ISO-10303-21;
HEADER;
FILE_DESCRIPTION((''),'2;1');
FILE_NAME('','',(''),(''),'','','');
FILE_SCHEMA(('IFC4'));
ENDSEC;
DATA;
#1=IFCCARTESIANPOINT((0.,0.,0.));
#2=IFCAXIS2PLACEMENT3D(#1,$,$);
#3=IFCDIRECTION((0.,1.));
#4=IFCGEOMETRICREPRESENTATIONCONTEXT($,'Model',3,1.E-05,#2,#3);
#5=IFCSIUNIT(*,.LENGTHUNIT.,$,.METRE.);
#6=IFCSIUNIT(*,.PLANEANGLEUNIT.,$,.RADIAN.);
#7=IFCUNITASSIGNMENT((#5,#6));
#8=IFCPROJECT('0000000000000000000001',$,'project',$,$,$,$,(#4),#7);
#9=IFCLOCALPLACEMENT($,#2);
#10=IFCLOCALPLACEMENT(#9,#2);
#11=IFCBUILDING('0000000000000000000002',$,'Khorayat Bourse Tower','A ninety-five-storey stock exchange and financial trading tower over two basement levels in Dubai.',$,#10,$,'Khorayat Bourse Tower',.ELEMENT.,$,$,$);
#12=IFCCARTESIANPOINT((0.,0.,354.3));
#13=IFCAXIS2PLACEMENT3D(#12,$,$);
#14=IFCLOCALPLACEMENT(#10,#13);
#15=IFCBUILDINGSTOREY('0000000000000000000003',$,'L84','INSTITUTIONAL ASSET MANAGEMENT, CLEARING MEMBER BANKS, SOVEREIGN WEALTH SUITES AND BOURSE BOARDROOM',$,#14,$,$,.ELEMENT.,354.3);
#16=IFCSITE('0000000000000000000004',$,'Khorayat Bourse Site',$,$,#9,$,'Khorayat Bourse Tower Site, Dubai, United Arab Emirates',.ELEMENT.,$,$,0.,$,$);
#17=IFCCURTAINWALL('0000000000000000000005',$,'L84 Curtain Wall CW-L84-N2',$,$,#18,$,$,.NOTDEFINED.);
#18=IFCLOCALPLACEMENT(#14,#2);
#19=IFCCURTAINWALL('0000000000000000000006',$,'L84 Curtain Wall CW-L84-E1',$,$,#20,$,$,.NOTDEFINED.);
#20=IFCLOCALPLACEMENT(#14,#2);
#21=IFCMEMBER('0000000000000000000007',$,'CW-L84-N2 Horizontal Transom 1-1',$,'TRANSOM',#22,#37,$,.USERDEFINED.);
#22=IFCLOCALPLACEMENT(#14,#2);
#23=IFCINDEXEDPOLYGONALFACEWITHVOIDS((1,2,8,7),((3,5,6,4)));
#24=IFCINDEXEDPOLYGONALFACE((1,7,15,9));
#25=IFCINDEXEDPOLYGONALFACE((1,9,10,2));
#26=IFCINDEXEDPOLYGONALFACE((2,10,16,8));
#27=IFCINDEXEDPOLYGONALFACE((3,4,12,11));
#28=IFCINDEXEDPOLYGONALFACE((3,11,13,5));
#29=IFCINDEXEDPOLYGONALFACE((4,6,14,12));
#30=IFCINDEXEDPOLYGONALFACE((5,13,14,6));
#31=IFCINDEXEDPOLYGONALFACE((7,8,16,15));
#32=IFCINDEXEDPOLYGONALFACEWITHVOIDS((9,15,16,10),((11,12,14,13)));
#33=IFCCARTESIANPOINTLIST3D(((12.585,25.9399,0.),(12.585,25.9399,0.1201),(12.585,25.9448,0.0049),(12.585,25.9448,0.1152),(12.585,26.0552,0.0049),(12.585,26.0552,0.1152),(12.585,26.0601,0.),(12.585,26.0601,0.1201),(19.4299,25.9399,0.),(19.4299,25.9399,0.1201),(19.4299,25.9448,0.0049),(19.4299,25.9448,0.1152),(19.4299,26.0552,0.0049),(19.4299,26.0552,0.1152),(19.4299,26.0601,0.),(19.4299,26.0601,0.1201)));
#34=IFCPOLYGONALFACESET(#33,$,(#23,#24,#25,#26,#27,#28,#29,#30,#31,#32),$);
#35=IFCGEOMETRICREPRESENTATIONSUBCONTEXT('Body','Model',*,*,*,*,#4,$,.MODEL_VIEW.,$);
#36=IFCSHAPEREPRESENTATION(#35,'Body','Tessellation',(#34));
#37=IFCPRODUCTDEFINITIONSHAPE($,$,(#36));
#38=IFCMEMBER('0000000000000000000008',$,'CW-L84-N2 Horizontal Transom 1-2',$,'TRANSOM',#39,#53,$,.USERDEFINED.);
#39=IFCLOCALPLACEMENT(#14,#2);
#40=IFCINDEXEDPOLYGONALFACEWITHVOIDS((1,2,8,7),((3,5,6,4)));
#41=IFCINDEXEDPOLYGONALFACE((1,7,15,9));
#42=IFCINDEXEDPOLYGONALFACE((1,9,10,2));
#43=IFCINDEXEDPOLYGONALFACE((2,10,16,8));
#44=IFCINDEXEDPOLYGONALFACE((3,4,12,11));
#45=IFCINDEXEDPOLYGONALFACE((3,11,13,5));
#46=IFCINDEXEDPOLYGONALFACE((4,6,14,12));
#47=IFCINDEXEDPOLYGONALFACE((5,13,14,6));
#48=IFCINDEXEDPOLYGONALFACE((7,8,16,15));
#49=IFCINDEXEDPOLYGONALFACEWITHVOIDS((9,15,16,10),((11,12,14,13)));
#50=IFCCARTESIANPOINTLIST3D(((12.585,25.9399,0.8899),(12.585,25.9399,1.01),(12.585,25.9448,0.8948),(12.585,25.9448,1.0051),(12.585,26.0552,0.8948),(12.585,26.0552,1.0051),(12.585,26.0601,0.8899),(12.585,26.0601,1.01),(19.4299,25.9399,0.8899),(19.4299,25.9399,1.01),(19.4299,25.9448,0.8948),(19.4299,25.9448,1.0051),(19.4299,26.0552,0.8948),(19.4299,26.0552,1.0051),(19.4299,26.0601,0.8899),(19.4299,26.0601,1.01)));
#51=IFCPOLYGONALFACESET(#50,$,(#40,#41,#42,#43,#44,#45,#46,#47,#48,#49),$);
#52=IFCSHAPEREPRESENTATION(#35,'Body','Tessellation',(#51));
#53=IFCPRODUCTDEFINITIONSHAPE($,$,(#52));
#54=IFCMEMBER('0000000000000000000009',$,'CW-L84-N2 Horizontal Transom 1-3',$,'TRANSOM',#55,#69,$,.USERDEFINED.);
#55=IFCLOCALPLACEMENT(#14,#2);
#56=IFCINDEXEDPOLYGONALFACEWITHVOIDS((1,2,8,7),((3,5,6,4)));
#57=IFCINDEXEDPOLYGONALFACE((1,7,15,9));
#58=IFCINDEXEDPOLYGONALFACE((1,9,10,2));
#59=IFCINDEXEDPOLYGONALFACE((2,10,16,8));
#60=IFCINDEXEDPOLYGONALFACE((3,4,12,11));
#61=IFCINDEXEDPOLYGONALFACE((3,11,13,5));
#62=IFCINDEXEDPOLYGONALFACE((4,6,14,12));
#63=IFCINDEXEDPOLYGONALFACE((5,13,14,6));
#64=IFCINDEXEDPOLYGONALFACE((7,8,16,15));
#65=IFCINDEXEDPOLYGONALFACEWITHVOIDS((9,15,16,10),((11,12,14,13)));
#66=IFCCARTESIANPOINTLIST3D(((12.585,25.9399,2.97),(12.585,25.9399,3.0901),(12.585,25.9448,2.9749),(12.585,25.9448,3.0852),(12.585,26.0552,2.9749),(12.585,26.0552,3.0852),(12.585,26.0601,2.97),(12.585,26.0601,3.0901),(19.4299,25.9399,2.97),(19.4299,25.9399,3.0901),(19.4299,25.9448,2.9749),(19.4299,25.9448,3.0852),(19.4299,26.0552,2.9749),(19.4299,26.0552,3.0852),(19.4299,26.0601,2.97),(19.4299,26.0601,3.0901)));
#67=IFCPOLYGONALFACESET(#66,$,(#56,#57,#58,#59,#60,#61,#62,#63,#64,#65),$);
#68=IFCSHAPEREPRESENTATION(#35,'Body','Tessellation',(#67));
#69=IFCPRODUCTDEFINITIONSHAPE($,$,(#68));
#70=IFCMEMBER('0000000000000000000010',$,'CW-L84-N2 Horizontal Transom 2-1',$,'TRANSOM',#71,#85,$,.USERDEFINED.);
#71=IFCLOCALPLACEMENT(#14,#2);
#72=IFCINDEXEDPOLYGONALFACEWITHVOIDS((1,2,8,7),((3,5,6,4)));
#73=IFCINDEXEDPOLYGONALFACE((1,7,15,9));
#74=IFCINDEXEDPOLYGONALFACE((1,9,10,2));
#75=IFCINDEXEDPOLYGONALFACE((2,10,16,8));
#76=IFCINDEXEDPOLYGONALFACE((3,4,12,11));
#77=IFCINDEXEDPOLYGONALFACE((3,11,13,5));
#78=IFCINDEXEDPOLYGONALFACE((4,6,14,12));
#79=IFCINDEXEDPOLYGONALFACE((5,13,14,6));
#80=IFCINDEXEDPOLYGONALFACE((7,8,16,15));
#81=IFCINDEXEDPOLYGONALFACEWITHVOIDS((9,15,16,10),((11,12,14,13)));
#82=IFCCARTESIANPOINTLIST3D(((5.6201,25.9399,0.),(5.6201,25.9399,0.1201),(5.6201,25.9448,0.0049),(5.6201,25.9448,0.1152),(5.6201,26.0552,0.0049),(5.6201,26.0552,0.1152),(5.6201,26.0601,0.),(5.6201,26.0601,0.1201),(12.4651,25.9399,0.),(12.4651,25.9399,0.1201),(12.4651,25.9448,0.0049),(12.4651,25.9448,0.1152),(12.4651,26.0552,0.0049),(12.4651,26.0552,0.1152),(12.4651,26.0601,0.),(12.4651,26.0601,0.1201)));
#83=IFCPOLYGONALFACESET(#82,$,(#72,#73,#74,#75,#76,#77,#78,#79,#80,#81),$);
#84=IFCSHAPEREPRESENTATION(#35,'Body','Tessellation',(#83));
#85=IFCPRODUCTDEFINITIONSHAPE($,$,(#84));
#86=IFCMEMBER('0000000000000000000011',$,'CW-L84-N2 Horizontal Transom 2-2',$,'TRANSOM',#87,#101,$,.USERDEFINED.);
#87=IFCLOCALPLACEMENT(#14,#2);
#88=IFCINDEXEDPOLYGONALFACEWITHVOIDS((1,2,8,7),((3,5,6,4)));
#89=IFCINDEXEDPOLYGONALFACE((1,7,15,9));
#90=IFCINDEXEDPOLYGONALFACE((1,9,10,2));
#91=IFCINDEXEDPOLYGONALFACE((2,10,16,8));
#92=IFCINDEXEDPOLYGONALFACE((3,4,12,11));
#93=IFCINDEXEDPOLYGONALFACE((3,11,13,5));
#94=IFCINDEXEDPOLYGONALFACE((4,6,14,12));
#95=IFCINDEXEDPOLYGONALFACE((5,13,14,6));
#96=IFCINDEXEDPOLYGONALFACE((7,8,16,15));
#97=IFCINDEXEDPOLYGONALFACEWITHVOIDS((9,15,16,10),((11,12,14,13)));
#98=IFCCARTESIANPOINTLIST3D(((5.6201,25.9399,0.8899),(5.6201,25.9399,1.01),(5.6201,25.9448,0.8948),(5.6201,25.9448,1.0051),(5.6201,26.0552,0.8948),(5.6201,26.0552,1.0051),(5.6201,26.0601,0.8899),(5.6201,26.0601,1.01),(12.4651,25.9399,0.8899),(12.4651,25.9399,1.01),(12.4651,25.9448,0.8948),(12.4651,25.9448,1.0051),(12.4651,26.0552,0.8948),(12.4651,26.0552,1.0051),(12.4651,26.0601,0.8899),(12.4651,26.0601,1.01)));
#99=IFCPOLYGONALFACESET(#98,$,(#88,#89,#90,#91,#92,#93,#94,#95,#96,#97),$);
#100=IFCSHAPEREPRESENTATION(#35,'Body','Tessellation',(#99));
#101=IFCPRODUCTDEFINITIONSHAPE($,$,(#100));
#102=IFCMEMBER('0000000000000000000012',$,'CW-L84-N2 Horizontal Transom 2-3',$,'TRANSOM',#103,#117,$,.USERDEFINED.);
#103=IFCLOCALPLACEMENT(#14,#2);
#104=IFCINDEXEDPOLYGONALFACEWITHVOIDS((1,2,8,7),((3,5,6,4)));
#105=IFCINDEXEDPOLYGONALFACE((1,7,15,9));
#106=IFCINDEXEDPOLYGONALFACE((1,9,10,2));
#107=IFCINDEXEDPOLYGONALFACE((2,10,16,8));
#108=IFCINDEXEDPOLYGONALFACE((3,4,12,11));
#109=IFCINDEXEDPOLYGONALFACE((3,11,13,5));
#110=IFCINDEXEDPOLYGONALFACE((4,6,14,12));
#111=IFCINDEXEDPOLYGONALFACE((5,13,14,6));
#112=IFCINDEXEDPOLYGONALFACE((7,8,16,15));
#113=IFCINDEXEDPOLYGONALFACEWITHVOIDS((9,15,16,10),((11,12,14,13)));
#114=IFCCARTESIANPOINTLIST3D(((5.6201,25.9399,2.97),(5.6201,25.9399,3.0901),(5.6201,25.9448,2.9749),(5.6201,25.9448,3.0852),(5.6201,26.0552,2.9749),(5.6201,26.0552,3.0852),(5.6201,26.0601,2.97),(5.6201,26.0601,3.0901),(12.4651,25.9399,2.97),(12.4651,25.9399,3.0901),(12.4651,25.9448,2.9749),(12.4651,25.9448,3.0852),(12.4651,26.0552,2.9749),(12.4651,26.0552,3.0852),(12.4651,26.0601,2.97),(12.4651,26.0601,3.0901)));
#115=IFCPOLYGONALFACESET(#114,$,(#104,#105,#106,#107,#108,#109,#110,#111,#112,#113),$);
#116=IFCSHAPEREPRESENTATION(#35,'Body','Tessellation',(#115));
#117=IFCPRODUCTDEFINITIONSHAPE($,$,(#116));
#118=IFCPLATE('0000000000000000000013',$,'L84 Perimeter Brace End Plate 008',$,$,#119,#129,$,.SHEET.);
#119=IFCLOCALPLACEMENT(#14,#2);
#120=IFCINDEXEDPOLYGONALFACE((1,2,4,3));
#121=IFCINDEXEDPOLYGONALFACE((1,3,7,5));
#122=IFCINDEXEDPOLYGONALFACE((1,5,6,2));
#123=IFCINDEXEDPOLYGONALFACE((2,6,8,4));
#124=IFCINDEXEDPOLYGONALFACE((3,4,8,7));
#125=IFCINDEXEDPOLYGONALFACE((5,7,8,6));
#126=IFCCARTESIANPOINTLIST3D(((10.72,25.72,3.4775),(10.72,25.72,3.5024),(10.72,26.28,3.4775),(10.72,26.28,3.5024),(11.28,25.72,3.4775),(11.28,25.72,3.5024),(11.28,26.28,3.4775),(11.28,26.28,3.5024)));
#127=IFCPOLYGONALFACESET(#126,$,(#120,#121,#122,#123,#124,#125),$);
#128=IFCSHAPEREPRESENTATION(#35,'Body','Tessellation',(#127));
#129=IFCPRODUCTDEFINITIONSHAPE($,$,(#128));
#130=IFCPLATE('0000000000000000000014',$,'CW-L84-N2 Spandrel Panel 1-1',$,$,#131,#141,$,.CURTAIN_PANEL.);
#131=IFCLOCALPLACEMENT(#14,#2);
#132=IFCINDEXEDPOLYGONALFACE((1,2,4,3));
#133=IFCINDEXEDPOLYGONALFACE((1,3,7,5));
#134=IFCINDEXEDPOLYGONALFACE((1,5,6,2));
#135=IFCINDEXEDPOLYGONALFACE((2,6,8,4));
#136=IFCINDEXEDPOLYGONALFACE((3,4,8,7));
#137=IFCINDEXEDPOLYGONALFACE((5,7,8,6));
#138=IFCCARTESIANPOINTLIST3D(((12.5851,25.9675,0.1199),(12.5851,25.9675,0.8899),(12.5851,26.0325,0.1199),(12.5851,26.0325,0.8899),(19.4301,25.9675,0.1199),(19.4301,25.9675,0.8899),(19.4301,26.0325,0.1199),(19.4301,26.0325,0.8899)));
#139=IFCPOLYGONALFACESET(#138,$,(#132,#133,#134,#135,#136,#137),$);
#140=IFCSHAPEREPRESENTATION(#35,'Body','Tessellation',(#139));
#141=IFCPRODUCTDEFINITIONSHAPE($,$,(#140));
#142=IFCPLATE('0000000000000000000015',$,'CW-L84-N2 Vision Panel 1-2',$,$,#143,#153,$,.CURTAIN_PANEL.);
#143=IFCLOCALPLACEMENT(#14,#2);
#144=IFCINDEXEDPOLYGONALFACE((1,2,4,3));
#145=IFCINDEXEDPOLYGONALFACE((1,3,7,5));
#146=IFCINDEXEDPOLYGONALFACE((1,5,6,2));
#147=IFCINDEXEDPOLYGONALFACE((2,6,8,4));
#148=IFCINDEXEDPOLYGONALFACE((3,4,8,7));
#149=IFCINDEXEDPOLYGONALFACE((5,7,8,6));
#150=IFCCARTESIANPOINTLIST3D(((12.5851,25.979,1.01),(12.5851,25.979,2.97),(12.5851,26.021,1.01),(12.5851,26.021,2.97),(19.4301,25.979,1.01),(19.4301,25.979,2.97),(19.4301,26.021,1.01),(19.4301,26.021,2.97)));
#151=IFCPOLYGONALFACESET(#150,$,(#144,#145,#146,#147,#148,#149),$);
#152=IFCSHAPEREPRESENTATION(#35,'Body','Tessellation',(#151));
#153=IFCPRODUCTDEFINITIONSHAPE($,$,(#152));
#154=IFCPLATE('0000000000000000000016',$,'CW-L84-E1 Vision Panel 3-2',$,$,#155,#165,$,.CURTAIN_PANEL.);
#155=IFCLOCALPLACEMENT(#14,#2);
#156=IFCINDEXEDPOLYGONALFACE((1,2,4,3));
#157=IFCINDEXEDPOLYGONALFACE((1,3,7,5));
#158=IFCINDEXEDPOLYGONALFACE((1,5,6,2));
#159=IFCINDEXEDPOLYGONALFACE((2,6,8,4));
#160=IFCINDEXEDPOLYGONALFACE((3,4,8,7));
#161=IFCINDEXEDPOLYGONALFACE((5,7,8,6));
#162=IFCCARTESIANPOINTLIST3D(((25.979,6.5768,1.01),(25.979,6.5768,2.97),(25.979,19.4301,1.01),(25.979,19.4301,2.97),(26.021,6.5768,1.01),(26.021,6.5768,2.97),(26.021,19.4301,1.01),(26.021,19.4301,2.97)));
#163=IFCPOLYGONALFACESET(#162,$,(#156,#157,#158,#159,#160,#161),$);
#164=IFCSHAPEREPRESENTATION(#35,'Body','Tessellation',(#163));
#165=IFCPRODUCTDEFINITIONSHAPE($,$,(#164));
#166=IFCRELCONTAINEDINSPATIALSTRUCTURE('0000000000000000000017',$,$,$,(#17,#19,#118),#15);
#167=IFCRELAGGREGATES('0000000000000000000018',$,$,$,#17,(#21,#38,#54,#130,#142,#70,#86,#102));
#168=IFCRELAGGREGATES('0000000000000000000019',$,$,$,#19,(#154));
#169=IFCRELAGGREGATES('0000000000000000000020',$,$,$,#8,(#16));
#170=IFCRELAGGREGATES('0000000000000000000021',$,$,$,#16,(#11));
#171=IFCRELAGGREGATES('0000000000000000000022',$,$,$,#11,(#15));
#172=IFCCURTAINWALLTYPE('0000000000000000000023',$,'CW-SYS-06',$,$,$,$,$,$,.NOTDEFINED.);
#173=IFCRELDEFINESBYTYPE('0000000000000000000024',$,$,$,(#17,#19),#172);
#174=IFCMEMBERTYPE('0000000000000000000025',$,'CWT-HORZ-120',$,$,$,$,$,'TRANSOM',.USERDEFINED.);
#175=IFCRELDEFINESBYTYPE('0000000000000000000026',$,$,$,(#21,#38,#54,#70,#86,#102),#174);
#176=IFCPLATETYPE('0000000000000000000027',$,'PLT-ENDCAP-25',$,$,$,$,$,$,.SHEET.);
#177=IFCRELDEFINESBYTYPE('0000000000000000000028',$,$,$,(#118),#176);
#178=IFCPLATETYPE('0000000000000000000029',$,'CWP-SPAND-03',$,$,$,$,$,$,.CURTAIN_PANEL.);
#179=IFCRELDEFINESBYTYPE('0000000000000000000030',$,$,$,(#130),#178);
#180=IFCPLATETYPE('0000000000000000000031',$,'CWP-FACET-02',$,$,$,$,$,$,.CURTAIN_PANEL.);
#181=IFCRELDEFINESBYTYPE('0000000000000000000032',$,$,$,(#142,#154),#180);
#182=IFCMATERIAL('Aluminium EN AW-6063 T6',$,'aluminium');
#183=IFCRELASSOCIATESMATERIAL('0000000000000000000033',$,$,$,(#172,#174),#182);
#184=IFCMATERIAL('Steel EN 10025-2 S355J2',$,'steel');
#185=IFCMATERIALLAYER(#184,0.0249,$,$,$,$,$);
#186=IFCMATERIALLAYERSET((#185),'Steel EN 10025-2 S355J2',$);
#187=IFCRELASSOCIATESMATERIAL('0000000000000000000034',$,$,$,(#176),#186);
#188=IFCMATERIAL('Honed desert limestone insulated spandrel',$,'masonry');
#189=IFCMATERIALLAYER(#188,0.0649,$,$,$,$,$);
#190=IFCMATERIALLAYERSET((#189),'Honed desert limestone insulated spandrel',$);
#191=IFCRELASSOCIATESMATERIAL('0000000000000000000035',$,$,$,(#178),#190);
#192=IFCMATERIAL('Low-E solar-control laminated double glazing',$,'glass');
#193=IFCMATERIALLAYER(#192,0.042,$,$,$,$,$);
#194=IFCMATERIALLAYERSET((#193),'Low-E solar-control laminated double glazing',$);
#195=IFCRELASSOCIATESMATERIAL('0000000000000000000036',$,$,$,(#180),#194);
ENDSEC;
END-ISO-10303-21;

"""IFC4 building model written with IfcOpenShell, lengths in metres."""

from ifc_helpers import new_model, si_unit, direction, frame, origin, origin_2d, place, context, subcontext, project, spatial, rectangle, hollow_rectangle, extrude, source, transform, mapped, material, layer, layer_set, material_profile, profile_set, type_object, element, aggregate, save


model = new_model("IFC4")

# Units and contexts
model_context = context("Model", 3, precision=1e-05, world=origin(), true_north=direction((0.0, 1.0)))
body_context = subcontext(model_context, "Body", "Model", "MODEL_VIEW")
ifc_project = project(units=[si_unit("LENGTHUNIT", "METRE"), si_unit("PLANEANGLEUNIT", "RADIAN")], contexts=[model_context])

# Site, building, storey
site_placement = place(None, origin())
site = spatial("IfcSite", under=ifc_project, at=site_placement, Name="Khorayat Bourse Site", LongName="Khorayat Bourse Tower Site, Dubai, United Arab Emirates", CompositionType="ELEMENT", RefElevation=0.0)
building_placement = place(site_placement, origin())
building = spatial("IfcBuilding", under=site, at=building_placement, Name="Khorayat Bourse Tower", Description="A ninety-five-storey stock exchange and financial trading tower over two basement levels in Dubai.", LongName="Khorayat Bourse Tower", CompositionType="ELEMENT")
storey_placement = place(building_placement, frame((0.0, 0.0, 354.3)))
storey = spatial("IfcBuildingStorey", under=building, at=storey_placement, Name="L84", Description="INSTITUTIONAL ASSET MANAGEMENT, CLEARING MEMBER BANKS, SOVEREIGN WEALTH SUITES AND BOURSE BOARDROOM", CompositionType="ELEMENT", Elevation=354.3)

# Shared definitions
ifc_material_1 = material(Name="Steel EN 10025-2 S355J2", Category="steel")

# Curtain wall
ifc_material_2 = material(Name="Aluminium EN AW-6063 T6", Category="aluminium")
curtain_wall_type = type_object("IfcCurtainWallType", Name="CW-SYS-06", PredefinedType="NOTDEFINED", material=ifc_material_2)
curtain_wall_1_placement = place(storey_placement, origin())
curtain_wall_1 = element("IfcCurtainWall", 1, at=curtain_wall_1_placement, inside=storey, type_object=curtain_wall_type, Name="L84 Curtain Wall CW-L84-N2", PredefinedType="NOTDEFINED")

# Curtain wall
curtain_wall_2_placement = place(storey_placement, origin())
curtain_wall_2 = element("IfcCurtainWall", 2, at=curtain_wall_2_placement, inside=storey, type_object=curtain_wall_type, Name="L84 Curtain Wall CW-L84-E1", PredefinedType="NOTDEFINED")

# Members
ifc_material_profile_1 = material_profile(ifc_material_2, hollow_rectangle(XDim=0.1201, YDim=0.1201, WallThickness=0.0049, at=origin_2d()), Name="ALU 120x120x5")
ifc_profile_set_1 = profile_set([ifc_material_profile_1], Name="Aluminium EN AW-6063 T6")
member_type_1 = type_object("IfcMemberType", Name="CWT-HORZ-120", ElementType="TRANSOM", PredefinedType="USERDEFINED", material=ifc_profile_set_1)
shared_shape_1 = source(origin(), body_context, "Body", "SweptSolid", [
    extrude(hollow_rectangle(XDim=0.1201, YDim=0.1201, WallThickness=0.0049, at=origin_2d()), origin(), (0.0, 0.0, 1.0), 6.845),
])
member_1_placement = place(storey_placement, frame((19.4299, 26.0, 0.0601), z_axis=(-1.0, 0.0, 0.0), x_axis=(0.0, -1.0, 0.0)))
member_1 = element("IfcMember", 3, at=member_1_placement, type_object=member_type_1, Name="CW-L84-N2 Horizontal Transom 1-1", ObjectType="TRANSOM", PredefinedType="USERDEFINED", context=body_context, shape_type="MappedRepresentation", body=[
    mapped(shared_shape_1, transform((0.0, 0.0, 0.0), scale=1.0)),
])
member_2_placement = place(storey_placement, frame((19.4299, 26.0, 0.95), z_axis=(-1.0, 0.0, 0.0), x_axis=(0.0, -1.0, 0.0)))
member_2 = element("IfcMember", 4, at=member_2_placement, type_object=member_type_1, Name="CW-L84-N2 Horizontal Transom 1-2", ObjectType="TRANSOM", PredefinedType="USERDEFINED", context=body_context, shape_type="MappedRepresentation", body=[
    mapped(shared_shape_1, transform((0.0, 0.0, 0.0), scale=1.0)),
])
member_3_placement = place(storey_placement, frame((19.4299, 26.0, 3.03), z_axis=(-1.0, 0.0, 0.0), x_axis=(0.0, -1.0, 0.0)))
member_3 = element("IfcMember", 5, at=member_3_placement, type_object=member_type_1, Name="CW-L84-N2 Horizontal Transom 1-3", ObjectType="TRANSOM", PredefinedType="USERDEFINED", context=body_context, shape_type="MappedRepresentation", body=[
    mapped(shared_shape_1, transform((0.0, 0.0, 0.0), scale=1.0)),
])
member_4_placement = place(storey_placement, frame((12.4651, 26.0, 0.0601), z_axis=(-1.0, 0.0, 0.0), x_axis=(0.0, -1.0, 0.0)))
member_4 = element("IfcMember", 6, at=member_4_placement, type_object=member_type_1, Name="CW-L84-N2 Horizontal Transom 2-1", ObjectType="TRANSOM", PredefinedType="USERDEFINED", context=body_context, shape_type="MappedRepresentation", body=[
    mapped(shared_shape_1, transform((0.0, 0.0, 0.0), scale=1.0)),
])
member_5_placement = place(storey_placement, frame((12.4651, 26.0, 0.95), z_axis=(-1.0, 0.0, 0.0), x_axis=(0.0, -1.0, 0.0)))
member_5 = element("IfcMember", 7, at=member_5_placement, type_object=member_type_1, Name="CW-L84-N2 Horizontal Transom 2-2", ObjectType="TRANSOM", PredefinedType="USERDEFINED", context=body_context, shape_type="MappedRepresentation", body=[
    mapped(shared_shape_1, transform((0.0, 0.0, 0.0), scale=1.0)),
])
member_6_placement = place(storey_placement, frame((12.4651, 26.0, 3.03), z_axis=(-1.0, 0.0, 0.0), x_axis=(0.0, -1.0, 0.0)))
member_6 = element("IfcMember", 8, at=member_6_placement, type_object=member_type_1, Name="CW-L84-N2 Horizontal Transom 2-3", ObjectType="TRANSOM", PredefinedType="USERDEFINED", context=body_context, shape_type="MappedRepresentation", body=[
    mapped(shared_shape_1, transform((0.0, 0.0, 0.0), scale=1.0)),
])

# Plates
ifc_layer_1 = layer(ifc_material_1, 0.0249)
ifc_layer_set_1 = layer_set([ifc_layer_1], Name="Steel EN 10025-2 S355J2")
plate_type_1 = type_object("IfcPlateType", Name="PLT-ENDCAP-25", PredefinedType="SHEET", material=ifc_layer_set_1)
shared_shape_2 = source(origin(), body_context, "Body", "SweptSolid", [
    extrude(rectangle(XDim=0.5601, YDim=0.5601, at=origin_2d()), origin(), (0.0, 0.0, 1.0), 0.0249),
])
plate_1_placement = place(storey_placement, frame((11.0, 26.0, 3.4775), z_axis=(0.0, 0.0, 1.0), x_axis=(1.0, 0.0, 0.0)))
element("IfcPlate", 9, at=plate_1_placement, inside=storey, type_object=plate_type_1, Name="L84 Perimeter Brace End Plate 008", PredefinedType="SHEET", context=body_context, shape_type="MappedRepresentation", body=[
    mapped(shared_shape_2, transform((0.0, 0.0, 0.0), scale=1.0)),
])
ifc_material_3 = material(Name="Honed desert limestone insulated spandrel", Category="masonry")
ifc_layer_2 = layer(ifc_material_3, 0.0649)
ifc_layer_set_2 = layer_set([ifc_layer_2], Name="Honed desert limestone insulated spandrel")
plate_type_2 = type_object("IfcPlateType", Name="CWP-SPAND-03", PredefinedType="CURTAIN_PANEL", material=ifc_layer_set_2)
shared_shape_3 = source(origin(), body_context, "Body", "SweptSolid", [
    extrude(rectangle(XDim=6.845, YDim=0.0649, at=origin_2d()), origin(), (0.0, 0.0, 1.0), 0.77),
])
plate_2_placement = place(storey_placement, frame((16.0076, 26.0, 0.1199), z_axis=(0.0, 0.0, 1.0), x_axis=(-1.0, 0.0, 0.0)))
plate_2 = element("IfcPlate", 10, at=plate_2_placement, type_object=plate_type_2, Name="CW-L84-N2 Spandrel Panel 1-1", PredefinedType="CURTAIN_PANEL", context=body_context, shape_type="MappedRepresentation", body=[
    mapped(shared_shape_3, transform((0.0, 0.0, 0.0), scale=1.0)),
])
ifc_material_4 = material(Name="Low-E solar-control laminated double glazing", Category="glass")
ifc_layer_3 = layer(ifc_material_4, 0.042)
ifc_layer_set_3 = layer_set([ifc_layer_3], Name="Low-E solar-control laminated double glazing")
plate_type_3 = type_object("IfcPlateType", Name="CWP-FACET-02", PredefinedType="CURTAIN_PANEL", material=ifc_layer_set_3)
shared_shape_4 = source(origin(), body_context, "Body", "SweptSolid", [
    extrude(rectangle(XDim=6.845, YDim=0.042, at=origin_2d()), origin(), (0.0, 0.0, 1.0), 1.96),
])
plate_3_placement = place(storey_placement, frame((16.0076, 26.0, 1.01), z_axis=(0.0, 0.0, 1.0), x_axis=(-1.0, 0.0, 0.0)))
plate_3 = element("IfcPlate", 11, at=plate_3_placement, type_object=plate_type_3, Name="CW-L84-N2 Vision Panel 1-2", PredefinedType="CURTAIN_PANEL", context=body_context, shape_type="MappedRepresentation", body=[
    mapped(shared_shape_4, transform((0.0, 0.0, 0.0), scale=1.0)),
])
aggregate(curtain_wall_1, [member_1, member_2, member_3, plate_2, plate_3, member_4, member_5, member_6])
shared_shape_5 = source(origin(), body_context, "Body", "SweptSolid", [
    extrude(rectangle(XDim=12.8533, YDim=0.042, at=origin_2d()), origin(), (0.0, 0.0, 1.0), 1.96),
])
plate_4_placement = place(storey_placement, frame((26.0, 13.0034, 1.01), z_axis=(0.0, 0.0, 1.0), x_axis=(0.0, 1.0, 0.0)))
plate_4 = element("IfcPlate", 12, at=plate_4_placement, type_object=plate_type_3, Name="CW-L84-E1 Vision Panel 3-2", PredefinedType="CURTAIN_PANEL", context=body_context, shape_type="MappedRepresentation", body=[
    mapped(shared_shape_5, transform((0.0, 0.0, 0.0), scale=1.0)),
])
aggregate(curtain_wall_2, [plate_4])

save(model, "model.ifc")
